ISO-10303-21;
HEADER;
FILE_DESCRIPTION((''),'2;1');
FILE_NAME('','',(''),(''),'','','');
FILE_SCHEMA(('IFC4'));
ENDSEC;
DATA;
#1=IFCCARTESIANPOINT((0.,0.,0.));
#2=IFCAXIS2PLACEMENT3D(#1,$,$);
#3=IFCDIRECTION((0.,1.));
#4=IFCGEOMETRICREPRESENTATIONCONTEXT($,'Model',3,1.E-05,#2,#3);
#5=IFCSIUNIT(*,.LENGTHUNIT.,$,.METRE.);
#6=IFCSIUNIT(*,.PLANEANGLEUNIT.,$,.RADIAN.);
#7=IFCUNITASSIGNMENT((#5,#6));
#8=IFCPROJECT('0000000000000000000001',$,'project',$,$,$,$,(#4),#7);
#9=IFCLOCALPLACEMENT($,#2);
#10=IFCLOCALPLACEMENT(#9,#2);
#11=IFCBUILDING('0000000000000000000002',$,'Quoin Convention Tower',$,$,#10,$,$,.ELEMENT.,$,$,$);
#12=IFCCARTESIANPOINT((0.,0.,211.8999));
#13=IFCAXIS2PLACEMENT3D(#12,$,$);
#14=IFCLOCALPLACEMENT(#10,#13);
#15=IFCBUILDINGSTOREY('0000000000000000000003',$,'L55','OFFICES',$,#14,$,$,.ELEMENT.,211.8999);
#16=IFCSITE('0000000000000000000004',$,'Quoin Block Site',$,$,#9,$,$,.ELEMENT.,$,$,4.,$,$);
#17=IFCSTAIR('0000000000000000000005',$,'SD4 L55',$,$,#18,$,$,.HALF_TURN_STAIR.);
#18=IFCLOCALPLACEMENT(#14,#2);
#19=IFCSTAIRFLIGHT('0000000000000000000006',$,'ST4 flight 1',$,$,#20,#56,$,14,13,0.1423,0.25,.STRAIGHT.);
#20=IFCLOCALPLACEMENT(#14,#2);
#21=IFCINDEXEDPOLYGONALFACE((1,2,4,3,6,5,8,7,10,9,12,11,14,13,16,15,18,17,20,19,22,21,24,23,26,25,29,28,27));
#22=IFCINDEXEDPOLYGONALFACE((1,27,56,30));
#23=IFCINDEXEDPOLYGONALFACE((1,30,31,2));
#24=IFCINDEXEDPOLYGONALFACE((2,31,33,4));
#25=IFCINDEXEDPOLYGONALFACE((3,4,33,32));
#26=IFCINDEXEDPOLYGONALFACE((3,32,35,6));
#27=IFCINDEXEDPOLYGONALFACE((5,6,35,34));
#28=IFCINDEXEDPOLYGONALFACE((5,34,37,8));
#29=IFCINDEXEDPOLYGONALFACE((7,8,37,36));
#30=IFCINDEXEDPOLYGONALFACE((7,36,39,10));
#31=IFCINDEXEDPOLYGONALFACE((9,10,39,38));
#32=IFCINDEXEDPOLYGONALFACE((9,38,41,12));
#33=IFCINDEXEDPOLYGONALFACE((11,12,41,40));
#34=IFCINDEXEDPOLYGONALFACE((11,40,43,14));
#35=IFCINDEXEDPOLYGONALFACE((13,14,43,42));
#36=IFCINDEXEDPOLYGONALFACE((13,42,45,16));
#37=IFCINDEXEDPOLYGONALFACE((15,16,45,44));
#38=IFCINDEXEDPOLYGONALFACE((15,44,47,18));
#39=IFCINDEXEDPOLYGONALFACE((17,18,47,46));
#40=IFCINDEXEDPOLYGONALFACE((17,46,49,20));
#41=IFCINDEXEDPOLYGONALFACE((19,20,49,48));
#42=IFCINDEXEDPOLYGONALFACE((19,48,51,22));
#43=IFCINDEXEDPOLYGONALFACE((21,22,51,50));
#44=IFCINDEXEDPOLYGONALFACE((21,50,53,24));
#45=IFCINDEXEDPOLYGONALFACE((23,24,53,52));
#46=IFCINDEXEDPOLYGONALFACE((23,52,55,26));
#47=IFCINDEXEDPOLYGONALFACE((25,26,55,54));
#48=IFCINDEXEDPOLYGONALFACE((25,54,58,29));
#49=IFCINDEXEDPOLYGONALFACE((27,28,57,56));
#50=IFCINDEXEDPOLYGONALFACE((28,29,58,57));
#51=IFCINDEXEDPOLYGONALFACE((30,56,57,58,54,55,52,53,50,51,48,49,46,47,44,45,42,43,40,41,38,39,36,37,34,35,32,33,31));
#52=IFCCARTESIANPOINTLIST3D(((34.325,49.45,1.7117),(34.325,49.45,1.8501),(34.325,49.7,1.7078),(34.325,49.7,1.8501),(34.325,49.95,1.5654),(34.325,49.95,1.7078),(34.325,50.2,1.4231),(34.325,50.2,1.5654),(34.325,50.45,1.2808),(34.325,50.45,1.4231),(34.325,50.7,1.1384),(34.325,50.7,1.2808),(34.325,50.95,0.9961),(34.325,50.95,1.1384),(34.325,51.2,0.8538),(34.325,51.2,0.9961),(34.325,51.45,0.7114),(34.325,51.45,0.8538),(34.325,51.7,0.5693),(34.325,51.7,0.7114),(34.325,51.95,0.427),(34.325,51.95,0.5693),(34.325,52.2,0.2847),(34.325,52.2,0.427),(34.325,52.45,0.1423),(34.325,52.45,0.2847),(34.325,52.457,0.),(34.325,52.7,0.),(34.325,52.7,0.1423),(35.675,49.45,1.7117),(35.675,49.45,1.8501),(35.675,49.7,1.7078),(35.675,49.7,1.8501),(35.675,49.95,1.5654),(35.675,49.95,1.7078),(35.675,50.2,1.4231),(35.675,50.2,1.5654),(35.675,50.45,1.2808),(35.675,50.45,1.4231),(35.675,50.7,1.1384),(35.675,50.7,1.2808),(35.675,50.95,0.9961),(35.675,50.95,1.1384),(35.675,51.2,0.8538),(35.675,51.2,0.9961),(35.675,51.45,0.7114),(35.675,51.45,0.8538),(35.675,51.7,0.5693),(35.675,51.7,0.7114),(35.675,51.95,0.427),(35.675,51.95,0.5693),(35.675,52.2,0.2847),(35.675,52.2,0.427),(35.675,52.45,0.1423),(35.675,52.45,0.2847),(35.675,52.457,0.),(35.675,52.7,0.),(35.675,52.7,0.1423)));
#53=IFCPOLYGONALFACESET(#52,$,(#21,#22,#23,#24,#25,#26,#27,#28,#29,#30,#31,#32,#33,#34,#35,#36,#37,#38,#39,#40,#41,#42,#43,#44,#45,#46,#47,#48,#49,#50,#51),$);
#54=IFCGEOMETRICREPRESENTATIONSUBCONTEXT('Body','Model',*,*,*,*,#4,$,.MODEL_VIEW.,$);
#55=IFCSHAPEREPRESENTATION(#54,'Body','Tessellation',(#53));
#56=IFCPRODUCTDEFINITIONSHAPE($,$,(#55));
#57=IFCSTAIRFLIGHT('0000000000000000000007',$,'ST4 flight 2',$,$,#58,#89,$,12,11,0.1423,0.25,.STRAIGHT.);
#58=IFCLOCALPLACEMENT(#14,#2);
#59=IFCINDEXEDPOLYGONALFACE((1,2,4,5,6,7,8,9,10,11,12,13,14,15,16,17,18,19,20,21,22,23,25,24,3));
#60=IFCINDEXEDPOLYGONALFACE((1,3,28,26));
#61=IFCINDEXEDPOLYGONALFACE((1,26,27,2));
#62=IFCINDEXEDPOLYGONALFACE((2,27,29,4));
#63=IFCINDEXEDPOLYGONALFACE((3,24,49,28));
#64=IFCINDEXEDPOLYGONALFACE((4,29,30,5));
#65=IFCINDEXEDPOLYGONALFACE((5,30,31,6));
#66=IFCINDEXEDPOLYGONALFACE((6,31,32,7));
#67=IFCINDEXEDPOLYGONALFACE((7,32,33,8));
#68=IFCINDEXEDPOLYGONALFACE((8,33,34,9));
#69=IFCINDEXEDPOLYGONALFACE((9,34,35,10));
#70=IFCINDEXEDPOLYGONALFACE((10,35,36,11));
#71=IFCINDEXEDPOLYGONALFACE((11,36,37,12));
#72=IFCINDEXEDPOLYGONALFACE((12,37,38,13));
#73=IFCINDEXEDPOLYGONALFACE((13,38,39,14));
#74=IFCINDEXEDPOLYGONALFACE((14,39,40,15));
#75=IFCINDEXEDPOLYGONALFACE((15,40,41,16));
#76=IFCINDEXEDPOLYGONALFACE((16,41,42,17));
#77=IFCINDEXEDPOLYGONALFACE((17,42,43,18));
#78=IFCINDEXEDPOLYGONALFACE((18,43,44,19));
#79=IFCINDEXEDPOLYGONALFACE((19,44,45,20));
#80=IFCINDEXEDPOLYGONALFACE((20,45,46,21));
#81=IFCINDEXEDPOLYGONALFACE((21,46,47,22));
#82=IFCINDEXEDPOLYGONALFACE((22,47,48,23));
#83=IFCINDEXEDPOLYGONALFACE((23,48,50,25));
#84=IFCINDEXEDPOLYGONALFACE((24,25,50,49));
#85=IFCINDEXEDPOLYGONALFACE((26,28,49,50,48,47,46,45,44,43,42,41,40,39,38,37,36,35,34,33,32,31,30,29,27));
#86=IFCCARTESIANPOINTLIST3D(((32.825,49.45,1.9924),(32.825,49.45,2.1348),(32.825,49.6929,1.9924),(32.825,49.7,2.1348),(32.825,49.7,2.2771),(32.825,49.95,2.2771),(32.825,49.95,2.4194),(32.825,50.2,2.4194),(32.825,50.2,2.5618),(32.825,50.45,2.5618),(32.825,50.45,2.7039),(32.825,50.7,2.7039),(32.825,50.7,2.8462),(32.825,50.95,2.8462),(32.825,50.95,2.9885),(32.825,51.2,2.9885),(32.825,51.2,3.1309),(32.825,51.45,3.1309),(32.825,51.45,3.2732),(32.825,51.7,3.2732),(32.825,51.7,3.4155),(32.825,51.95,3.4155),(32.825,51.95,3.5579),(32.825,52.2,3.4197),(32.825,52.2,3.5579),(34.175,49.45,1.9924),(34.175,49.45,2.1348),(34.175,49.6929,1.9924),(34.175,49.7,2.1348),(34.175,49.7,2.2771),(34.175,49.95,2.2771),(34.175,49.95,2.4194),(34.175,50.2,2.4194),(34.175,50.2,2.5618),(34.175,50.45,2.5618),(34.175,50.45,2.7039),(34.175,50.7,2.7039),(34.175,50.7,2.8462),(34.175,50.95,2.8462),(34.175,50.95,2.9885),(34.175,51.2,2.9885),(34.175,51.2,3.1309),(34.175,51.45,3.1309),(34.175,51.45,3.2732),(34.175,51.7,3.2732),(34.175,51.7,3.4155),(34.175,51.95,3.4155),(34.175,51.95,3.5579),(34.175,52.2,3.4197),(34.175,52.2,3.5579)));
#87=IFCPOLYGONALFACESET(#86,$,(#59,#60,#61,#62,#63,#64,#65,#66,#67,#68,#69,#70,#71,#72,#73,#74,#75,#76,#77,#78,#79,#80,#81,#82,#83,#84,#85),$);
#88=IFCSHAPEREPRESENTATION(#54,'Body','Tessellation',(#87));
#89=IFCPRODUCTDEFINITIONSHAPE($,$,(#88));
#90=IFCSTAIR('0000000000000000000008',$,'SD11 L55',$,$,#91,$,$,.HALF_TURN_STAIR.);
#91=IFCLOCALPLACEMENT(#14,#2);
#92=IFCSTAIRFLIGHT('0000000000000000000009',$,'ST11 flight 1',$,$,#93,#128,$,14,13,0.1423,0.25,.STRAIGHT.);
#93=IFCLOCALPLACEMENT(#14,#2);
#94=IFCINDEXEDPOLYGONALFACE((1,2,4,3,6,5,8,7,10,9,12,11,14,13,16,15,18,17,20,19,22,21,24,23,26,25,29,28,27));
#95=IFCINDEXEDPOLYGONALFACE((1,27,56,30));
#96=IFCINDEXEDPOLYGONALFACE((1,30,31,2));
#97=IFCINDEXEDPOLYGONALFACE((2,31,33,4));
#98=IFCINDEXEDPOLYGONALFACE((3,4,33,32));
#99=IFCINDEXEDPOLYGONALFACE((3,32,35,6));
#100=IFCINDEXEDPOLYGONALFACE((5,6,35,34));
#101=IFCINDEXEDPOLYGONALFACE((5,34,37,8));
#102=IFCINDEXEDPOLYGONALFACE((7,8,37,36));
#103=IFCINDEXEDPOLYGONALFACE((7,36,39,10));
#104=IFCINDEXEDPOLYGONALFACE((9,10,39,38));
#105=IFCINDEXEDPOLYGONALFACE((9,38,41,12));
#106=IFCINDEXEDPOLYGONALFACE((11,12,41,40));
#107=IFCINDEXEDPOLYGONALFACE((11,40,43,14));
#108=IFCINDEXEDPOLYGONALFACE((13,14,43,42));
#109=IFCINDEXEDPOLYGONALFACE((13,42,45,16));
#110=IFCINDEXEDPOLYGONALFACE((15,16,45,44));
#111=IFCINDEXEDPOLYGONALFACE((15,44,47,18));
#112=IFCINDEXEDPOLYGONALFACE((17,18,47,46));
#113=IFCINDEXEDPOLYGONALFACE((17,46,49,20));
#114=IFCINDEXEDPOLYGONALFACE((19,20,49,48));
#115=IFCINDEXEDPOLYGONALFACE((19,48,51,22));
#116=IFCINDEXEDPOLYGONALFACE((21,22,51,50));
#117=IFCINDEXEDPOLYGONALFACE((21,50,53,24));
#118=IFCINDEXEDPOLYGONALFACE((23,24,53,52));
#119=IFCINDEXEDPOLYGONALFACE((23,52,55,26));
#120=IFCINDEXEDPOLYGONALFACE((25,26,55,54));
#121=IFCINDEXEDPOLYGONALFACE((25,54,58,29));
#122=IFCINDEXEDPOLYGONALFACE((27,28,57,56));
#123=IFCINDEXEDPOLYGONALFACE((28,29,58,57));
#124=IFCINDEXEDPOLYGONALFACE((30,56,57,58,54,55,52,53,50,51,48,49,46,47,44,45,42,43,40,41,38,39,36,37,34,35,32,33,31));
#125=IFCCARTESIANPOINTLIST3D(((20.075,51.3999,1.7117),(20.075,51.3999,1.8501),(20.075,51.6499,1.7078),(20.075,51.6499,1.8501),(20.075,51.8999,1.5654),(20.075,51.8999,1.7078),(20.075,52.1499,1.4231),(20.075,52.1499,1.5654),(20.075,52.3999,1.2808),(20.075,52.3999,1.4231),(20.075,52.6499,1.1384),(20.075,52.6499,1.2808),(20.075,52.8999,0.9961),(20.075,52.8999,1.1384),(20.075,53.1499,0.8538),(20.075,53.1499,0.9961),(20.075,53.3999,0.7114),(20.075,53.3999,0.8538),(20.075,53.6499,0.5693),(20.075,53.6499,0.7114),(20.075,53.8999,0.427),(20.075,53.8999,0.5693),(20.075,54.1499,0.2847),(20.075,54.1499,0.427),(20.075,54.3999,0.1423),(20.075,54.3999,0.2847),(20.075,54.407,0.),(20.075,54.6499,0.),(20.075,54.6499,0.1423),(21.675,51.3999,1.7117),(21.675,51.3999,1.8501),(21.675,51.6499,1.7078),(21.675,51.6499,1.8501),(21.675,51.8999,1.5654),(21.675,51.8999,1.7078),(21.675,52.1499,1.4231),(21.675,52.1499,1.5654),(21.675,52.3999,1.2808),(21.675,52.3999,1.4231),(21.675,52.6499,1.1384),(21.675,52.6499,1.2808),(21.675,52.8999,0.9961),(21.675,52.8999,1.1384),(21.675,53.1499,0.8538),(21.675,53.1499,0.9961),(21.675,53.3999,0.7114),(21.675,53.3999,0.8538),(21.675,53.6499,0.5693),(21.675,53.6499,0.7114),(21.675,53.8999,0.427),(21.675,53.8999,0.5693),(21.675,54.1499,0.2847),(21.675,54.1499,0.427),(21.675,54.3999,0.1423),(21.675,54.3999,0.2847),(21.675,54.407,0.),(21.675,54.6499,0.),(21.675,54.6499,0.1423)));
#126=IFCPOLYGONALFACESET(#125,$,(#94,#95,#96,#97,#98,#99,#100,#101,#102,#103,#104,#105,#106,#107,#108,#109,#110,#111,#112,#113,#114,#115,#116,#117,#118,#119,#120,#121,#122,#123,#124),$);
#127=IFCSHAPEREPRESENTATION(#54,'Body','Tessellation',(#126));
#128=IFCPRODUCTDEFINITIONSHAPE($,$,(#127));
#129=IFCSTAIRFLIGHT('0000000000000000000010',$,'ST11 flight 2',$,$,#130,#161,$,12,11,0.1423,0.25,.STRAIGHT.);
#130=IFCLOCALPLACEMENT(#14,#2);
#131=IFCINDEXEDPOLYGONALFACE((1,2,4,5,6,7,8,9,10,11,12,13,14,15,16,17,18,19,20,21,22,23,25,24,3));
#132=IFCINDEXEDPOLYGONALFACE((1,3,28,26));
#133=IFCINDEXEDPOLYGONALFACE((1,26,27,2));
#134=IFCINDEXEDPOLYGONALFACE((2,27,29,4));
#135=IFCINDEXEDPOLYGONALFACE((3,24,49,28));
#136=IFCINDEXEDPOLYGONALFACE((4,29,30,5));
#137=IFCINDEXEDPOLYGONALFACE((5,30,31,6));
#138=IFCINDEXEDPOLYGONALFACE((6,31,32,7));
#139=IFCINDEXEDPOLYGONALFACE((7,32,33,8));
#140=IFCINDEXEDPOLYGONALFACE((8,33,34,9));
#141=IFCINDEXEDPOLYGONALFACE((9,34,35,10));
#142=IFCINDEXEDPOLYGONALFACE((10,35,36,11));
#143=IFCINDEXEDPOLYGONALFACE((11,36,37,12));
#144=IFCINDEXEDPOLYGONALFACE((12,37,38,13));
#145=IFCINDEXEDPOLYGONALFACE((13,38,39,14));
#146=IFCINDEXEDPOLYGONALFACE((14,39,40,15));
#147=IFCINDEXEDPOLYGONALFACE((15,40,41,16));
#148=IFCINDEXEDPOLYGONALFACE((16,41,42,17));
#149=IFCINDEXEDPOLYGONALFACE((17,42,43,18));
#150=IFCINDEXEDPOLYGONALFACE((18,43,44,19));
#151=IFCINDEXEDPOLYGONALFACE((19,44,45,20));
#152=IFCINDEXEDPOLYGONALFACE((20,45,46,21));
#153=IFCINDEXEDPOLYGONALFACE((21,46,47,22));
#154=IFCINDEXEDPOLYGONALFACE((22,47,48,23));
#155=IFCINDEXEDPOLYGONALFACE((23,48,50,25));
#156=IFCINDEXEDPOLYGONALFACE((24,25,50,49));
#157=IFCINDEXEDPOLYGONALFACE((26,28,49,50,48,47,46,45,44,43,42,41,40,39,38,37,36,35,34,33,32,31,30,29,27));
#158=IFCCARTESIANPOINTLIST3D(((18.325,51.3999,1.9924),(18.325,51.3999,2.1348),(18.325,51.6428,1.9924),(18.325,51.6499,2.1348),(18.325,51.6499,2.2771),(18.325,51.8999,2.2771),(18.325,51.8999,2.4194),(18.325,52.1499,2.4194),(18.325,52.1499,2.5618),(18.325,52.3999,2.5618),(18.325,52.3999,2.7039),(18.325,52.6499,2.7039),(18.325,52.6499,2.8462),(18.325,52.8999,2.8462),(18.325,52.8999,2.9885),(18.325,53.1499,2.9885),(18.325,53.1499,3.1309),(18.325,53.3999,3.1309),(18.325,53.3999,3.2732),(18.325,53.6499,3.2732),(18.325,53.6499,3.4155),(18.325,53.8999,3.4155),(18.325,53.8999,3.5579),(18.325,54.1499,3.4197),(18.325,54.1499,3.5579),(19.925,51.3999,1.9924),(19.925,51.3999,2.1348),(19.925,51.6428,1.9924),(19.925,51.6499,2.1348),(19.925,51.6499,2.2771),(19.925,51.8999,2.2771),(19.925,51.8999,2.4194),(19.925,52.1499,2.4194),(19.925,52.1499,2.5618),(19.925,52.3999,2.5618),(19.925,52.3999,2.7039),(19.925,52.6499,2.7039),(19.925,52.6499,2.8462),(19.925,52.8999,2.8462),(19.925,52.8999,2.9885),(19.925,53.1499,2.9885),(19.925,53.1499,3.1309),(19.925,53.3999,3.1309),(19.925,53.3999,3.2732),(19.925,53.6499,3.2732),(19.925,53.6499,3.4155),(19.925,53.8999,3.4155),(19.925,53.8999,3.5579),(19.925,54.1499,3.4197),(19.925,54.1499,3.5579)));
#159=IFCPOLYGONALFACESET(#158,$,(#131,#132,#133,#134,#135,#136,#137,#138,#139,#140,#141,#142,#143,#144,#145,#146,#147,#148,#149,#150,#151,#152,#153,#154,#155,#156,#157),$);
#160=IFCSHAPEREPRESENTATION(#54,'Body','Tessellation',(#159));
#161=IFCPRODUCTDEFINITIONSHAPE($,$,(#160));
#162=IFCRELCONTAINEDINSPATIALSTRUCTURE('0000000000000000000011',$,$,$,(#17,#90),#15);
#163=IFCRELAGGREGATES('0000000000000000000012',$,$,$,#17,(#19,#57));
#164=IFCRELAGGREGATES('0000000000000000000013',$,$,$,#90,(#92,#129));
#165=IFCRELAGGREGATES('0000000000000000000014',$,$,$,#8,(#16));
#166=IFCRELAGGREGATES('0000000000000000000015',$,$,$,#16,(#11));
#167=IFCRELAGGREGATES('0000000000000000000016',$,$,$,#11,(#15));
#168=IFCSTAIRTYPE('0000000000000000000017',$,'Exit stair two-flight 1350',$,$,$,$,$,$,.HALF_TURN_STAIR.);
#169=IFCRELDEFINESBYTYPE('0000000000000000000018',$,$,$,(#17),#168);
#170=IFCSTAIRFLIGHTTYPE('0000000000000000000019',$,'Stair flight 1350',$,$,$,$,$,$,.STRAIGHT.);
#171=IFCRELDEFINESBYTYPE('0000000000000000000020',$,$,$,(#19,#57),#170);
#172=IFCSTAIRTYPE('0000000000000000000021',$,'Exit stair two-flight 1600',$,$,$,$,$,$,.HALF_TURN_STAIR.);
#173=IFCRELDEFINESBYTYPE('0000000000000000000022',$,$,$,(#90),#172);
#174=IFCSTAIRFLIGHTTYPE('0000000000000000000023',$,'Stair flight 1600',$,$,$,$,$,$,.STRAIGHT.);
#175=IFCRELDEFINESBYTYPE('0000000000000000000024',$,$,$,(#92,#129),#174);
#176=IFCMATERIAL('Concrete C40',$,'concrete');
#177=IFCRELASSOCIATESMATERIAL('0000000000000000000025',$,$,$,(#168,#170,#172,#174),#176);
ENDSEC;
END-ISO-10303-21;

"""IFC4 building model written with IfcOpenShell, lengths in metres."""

from ifc_helpers import new_model, si_unit, direction, frame, origin, place, context, subcontext, project, spatial, polyline, outline, extrude, material, type_object, element, aggregate, save


model = new_model("IFC4")

# Units and contexts
model_context = context("Model", 3, precision=1e-05, world=origin(), true_north=direction((0.0, 1.0)))
body_context = subcontext(model_context, "Body", "Model", "MODEL_VIEW")
ifc_project = project(units=[si_unit("LENGTHUNIT", "METRE"), si_unit("PLANEANGLEUNIT", "RADIAN")], contexts=[model_context])

# Site, building, storey
site_placement = place(None, origin())
site = spatial("IfcSite", under=ifc_project, at=site_placement, Name="Quoin Block Site", CompositionType="ELEMENT", RefElevation=4.0)
building_placement = place(site_placement, origin())
building = spatial("IfcBuilding", under=site, at=building_placement, Name="Quoin Convention Tower", CompositionType="ELEMENT")
storey_placement = place(building_placement, frame((0.0, 0.0, 211.8999)))
storey = spatial("IfcBuildingStorey", under=building, at=storey_placement, Name="L55", Description="OFFICES", CompositionType="ELEMENT", Elevation=211.8999)

# Shared definitions
ifc_material_1 = material(Name="Concrete C40", Category="concrete")
stair_type_1 = type_object("IfcStairType", Name="Exit stair two-flight 1350", PredefinedType="HALF_TURN_STAIR", material=ifc_material_1)
stair_flight_type_1 = type_object("IfcStairFlightType", Name="Stair flight 1350", PredefinedType="STRAIGHT", material=ifc_material_1)

# Stairs, stair flights
stair_1_placement = place(storey_placement, origin())
stair_1 = element("IfcStair", 1, at=stair_1_placement, inside=storey, type_object=stair_type_1, Name="SD4 L55", PredefinedType="HALF_TURN_STAIR")
stair_flight_1_placement = place(storey_placement, frame((35.0, 52.7, 0.0), z_axis=(0.0, 0.0, 1.0), x_axis=(0.0, -1.0, 0.0)))
stair_flight_1 = element("IfcStairFlight", 2, at=stair_flight_1_placement, type_object=stair_flight_type_1, Name="ST4 flight 1", NumberOfRisers=14, NumberOfTreads=13, PredefinedType="STRAIGHT", RiserHeight=0.1423, TreadLength=0.25, context=body_context, shape_type="SweptSolid", body=[
    extrude(outline(polyline([(0.0, 0.0), (0.0, 0.1423), (0.25, 0.1423), (0.25, 0.2847), (0.5, 0.2847), (0.5, 0.427), (0.75, 0.427), (0.75, 0.5693), (1.0, 0.5693), (1.0, 0.7114), (1.25, 0.7114), (1.25, 0.8538), (1.5, 0.8538), (1.5, 0.9961), (1.75, 0.9961), (1.75, 1.1384), (2.0, 1.1384), (2.0, 1.2808), (2.25, 1.2808), (2.25, 1.4231), (2.5, 1.4231), (2.5, 1.5654), (2.75, 1.5654), (2.75, 1.7078), (3.0, 1.7078), (3.0, 1.8501), (3.25, 1.8501), (3.25, 1.9922), (3.25, 1.7117), (0.2429, 0.0), (0.0, 0.0)])), frame((0.0, 0.675, 0.0), z_axis=(0.0, -1.0, 0.0), x_axis=(1.0, 0.0, 0.0)), (0.0, 0.0, 1.0), 1.3501),
])
stair_flight_2_placement = place(storey_placement, frame((33.5, 49.45, 1.9924), z_axis=(0.0, 0.0, 1.0), x_axis=(0.0, 1.0, 0.0)))
stair_flight_2 = element("IfcStairFlight", 3, at=stair_flight_2_placement, type_object=stair_flight_type_1, Name="ST4 flight 2", NumberOfRisers=12, NumberOfTreads=11, PredefinedType="STRAIGHT", RiserHeight=0.1423, TreadLength=0.25, context=body_context, shape_type="SweptSolid", body=[
    extrude(outline(polyline([(0.0, 0.0), (0.0, 0.1423), (0.25, 0.1423), (0.25, 0.2847), (0.5, 0.2847), (0.5, 0.427), (0.75, 0.427), (0.75, 0.5693), (1.0, 0.5693), (1.0, 0.7114), (1.25, 0.7114), (1.25, 0.8538), (1.5, 0.8538), (1.5, 0.9961), (1.75, 0.9961), (1.75, 1.1384), (2.0, 1.1384), (2.0, 1.2808), (2.25, 1.2808), (2.25, 1.4231), (2.5, 1.4231), (2.5, 1.5654), (2.75, 1.5654), (2.75, 1.7078), (2.75, 1.4272), (0.2429, 0.0), (0.0, 0.0)])), frame((0.0, 0.675, 0.0), z_axis=(0.0, -1.0, 0.0), x_axis=(1.0, 0.0, 0.0)), (0.0, 0.0, 1.0), 1.3501),
])
aggregate(stair_1, [stair_flight_1, stair_flight_2])
stair_type_2 = type_object("IfcStairType", Name="Exit stair two-flight 1600", PredefinedType="HALF_TURN_STAIR", material=ifc_material_1)
stair_2_placement = place(storey_placement, origin())
stair_2 = element("IfcStair", 4, at=stair_2_placement, inside=storey, type_object=stair_type_2, Name="SD11 L55", PredefinedType="HALF_TURN_STAIR")
stair_flight_type_2 = type_object("IfcStairFlightType", Name="Stair flight 1600", PredefinedType="STRAIGHT", material=ifc_material_1)
stair_flight_3_placement = place(storey_placement, frame((20.875, 54.6499, 0.0), z_axis=(0.0, 0.0, 1.0), x_axis=(0.0, -1.0, 0.0)))
stair_flight_3 = element("IfcStairFlight", 5, at=stair_flight_3_placement, type_object=stair_flight_type_2, Name="ST11 flight 1", NumberOfRisers=14, NumberOfTreads=13, PredefinedType="STRAIGHT", RiserHeight=0.1423, TreadLength=0.25, context=body_context, shape_type="SweptSolid", body=[
    extrude(outline(polyline([(0.0, 0.0), (0.0, 0.1423), (0.25, 0.1423), (0.25, 0.2847), (0.5, 0.2847), (0.5, 0.427), (0.75, 0.427), (0.75, 0.5693), (1.0, 0.5693), (1.0, 0.7114), (1.25, 0.7114), (1.25, 0.8538), (1.5, 0.8538), (1.5, 0.9961), (1.75, 0.9961), (1.75, 1.1384), (2.0, 1.1384), (2.0, 1.2808), (2.25, 1.2808), (2.25, 1.4231), (2.5, 1.4231), (2.5, 1.5654), (2.75, 1.5654), (2.75, 1.7078), (3.0, 1.7078), (3.0, 1.8501), (3.25, 1.8501), (3.25, 1.9922), (3.25, 1.7117), (0.2429, 0.0), (0.0, 0.0)])), frame((0.0, 0.8, 0.0), z_axis=(0.0, -1.0, 0.0), x_axis=(1.0, 0.0, 0.0)), (0.0, 0.0, 1.0), 1.6001),
])
stair_flight_4_placement = place(storey_placement, frame((19.125, 51.3999, 1.9924), z_axis=(0.0, 0.0, 1.0), x_axis=(0.0, 1.0, 0.0)))
stair_flight_4 = element("IfcStairFlight", 6, at=stair_flight_4_placement, type_object=stair_flight_type_2, Name="ST11 flight 2", NumberOfRisers=12, NumberOfTreads=11, PredefinedType="STRAIGHT", RiserHeight=0.1423, TreadLength=0.25, context=body_context, shape_type="SweptSolid", body=[
    extrude(outline(polyline([(0.0, 0.0), (0.0, 0.1423), (0.25, 0.1423), (0.25, 0.2847), (0.5, 0.2847), (0.5, 0.427), (0.75, 0.427), (0.75, 0.5693), (1.0, 0.5693), (1.0, 0.7114), (1.25, 0.7114), (1.25, 0.8538), (1.5, 0.8538), (1.5, 0.9961), (1.75, 0.9961), (1.75, 1.1384), (2.0, 1.1384), (2.0, 1.2808), (2.25, 1.2808), (2.25, 1.4231), (2.5, 1.4231), (2.5, 1.5654), (2.75, 1.5654), (2.75, 1.7078), (2.75, 1.4272), (0.2429, 0.0), (0.0, 0.0)])), frame((0.0, 0.8, 0.0), z_axis=(0.0, -1.0, 0.0), x_axis=(1.0, 0.0, 0.0)), (0.0, 0.0, 1.0), 1.6001),
])
aggregate(stair_2, [stair_flight_3, stair_flight_4])

save(model, "model.ifc")
